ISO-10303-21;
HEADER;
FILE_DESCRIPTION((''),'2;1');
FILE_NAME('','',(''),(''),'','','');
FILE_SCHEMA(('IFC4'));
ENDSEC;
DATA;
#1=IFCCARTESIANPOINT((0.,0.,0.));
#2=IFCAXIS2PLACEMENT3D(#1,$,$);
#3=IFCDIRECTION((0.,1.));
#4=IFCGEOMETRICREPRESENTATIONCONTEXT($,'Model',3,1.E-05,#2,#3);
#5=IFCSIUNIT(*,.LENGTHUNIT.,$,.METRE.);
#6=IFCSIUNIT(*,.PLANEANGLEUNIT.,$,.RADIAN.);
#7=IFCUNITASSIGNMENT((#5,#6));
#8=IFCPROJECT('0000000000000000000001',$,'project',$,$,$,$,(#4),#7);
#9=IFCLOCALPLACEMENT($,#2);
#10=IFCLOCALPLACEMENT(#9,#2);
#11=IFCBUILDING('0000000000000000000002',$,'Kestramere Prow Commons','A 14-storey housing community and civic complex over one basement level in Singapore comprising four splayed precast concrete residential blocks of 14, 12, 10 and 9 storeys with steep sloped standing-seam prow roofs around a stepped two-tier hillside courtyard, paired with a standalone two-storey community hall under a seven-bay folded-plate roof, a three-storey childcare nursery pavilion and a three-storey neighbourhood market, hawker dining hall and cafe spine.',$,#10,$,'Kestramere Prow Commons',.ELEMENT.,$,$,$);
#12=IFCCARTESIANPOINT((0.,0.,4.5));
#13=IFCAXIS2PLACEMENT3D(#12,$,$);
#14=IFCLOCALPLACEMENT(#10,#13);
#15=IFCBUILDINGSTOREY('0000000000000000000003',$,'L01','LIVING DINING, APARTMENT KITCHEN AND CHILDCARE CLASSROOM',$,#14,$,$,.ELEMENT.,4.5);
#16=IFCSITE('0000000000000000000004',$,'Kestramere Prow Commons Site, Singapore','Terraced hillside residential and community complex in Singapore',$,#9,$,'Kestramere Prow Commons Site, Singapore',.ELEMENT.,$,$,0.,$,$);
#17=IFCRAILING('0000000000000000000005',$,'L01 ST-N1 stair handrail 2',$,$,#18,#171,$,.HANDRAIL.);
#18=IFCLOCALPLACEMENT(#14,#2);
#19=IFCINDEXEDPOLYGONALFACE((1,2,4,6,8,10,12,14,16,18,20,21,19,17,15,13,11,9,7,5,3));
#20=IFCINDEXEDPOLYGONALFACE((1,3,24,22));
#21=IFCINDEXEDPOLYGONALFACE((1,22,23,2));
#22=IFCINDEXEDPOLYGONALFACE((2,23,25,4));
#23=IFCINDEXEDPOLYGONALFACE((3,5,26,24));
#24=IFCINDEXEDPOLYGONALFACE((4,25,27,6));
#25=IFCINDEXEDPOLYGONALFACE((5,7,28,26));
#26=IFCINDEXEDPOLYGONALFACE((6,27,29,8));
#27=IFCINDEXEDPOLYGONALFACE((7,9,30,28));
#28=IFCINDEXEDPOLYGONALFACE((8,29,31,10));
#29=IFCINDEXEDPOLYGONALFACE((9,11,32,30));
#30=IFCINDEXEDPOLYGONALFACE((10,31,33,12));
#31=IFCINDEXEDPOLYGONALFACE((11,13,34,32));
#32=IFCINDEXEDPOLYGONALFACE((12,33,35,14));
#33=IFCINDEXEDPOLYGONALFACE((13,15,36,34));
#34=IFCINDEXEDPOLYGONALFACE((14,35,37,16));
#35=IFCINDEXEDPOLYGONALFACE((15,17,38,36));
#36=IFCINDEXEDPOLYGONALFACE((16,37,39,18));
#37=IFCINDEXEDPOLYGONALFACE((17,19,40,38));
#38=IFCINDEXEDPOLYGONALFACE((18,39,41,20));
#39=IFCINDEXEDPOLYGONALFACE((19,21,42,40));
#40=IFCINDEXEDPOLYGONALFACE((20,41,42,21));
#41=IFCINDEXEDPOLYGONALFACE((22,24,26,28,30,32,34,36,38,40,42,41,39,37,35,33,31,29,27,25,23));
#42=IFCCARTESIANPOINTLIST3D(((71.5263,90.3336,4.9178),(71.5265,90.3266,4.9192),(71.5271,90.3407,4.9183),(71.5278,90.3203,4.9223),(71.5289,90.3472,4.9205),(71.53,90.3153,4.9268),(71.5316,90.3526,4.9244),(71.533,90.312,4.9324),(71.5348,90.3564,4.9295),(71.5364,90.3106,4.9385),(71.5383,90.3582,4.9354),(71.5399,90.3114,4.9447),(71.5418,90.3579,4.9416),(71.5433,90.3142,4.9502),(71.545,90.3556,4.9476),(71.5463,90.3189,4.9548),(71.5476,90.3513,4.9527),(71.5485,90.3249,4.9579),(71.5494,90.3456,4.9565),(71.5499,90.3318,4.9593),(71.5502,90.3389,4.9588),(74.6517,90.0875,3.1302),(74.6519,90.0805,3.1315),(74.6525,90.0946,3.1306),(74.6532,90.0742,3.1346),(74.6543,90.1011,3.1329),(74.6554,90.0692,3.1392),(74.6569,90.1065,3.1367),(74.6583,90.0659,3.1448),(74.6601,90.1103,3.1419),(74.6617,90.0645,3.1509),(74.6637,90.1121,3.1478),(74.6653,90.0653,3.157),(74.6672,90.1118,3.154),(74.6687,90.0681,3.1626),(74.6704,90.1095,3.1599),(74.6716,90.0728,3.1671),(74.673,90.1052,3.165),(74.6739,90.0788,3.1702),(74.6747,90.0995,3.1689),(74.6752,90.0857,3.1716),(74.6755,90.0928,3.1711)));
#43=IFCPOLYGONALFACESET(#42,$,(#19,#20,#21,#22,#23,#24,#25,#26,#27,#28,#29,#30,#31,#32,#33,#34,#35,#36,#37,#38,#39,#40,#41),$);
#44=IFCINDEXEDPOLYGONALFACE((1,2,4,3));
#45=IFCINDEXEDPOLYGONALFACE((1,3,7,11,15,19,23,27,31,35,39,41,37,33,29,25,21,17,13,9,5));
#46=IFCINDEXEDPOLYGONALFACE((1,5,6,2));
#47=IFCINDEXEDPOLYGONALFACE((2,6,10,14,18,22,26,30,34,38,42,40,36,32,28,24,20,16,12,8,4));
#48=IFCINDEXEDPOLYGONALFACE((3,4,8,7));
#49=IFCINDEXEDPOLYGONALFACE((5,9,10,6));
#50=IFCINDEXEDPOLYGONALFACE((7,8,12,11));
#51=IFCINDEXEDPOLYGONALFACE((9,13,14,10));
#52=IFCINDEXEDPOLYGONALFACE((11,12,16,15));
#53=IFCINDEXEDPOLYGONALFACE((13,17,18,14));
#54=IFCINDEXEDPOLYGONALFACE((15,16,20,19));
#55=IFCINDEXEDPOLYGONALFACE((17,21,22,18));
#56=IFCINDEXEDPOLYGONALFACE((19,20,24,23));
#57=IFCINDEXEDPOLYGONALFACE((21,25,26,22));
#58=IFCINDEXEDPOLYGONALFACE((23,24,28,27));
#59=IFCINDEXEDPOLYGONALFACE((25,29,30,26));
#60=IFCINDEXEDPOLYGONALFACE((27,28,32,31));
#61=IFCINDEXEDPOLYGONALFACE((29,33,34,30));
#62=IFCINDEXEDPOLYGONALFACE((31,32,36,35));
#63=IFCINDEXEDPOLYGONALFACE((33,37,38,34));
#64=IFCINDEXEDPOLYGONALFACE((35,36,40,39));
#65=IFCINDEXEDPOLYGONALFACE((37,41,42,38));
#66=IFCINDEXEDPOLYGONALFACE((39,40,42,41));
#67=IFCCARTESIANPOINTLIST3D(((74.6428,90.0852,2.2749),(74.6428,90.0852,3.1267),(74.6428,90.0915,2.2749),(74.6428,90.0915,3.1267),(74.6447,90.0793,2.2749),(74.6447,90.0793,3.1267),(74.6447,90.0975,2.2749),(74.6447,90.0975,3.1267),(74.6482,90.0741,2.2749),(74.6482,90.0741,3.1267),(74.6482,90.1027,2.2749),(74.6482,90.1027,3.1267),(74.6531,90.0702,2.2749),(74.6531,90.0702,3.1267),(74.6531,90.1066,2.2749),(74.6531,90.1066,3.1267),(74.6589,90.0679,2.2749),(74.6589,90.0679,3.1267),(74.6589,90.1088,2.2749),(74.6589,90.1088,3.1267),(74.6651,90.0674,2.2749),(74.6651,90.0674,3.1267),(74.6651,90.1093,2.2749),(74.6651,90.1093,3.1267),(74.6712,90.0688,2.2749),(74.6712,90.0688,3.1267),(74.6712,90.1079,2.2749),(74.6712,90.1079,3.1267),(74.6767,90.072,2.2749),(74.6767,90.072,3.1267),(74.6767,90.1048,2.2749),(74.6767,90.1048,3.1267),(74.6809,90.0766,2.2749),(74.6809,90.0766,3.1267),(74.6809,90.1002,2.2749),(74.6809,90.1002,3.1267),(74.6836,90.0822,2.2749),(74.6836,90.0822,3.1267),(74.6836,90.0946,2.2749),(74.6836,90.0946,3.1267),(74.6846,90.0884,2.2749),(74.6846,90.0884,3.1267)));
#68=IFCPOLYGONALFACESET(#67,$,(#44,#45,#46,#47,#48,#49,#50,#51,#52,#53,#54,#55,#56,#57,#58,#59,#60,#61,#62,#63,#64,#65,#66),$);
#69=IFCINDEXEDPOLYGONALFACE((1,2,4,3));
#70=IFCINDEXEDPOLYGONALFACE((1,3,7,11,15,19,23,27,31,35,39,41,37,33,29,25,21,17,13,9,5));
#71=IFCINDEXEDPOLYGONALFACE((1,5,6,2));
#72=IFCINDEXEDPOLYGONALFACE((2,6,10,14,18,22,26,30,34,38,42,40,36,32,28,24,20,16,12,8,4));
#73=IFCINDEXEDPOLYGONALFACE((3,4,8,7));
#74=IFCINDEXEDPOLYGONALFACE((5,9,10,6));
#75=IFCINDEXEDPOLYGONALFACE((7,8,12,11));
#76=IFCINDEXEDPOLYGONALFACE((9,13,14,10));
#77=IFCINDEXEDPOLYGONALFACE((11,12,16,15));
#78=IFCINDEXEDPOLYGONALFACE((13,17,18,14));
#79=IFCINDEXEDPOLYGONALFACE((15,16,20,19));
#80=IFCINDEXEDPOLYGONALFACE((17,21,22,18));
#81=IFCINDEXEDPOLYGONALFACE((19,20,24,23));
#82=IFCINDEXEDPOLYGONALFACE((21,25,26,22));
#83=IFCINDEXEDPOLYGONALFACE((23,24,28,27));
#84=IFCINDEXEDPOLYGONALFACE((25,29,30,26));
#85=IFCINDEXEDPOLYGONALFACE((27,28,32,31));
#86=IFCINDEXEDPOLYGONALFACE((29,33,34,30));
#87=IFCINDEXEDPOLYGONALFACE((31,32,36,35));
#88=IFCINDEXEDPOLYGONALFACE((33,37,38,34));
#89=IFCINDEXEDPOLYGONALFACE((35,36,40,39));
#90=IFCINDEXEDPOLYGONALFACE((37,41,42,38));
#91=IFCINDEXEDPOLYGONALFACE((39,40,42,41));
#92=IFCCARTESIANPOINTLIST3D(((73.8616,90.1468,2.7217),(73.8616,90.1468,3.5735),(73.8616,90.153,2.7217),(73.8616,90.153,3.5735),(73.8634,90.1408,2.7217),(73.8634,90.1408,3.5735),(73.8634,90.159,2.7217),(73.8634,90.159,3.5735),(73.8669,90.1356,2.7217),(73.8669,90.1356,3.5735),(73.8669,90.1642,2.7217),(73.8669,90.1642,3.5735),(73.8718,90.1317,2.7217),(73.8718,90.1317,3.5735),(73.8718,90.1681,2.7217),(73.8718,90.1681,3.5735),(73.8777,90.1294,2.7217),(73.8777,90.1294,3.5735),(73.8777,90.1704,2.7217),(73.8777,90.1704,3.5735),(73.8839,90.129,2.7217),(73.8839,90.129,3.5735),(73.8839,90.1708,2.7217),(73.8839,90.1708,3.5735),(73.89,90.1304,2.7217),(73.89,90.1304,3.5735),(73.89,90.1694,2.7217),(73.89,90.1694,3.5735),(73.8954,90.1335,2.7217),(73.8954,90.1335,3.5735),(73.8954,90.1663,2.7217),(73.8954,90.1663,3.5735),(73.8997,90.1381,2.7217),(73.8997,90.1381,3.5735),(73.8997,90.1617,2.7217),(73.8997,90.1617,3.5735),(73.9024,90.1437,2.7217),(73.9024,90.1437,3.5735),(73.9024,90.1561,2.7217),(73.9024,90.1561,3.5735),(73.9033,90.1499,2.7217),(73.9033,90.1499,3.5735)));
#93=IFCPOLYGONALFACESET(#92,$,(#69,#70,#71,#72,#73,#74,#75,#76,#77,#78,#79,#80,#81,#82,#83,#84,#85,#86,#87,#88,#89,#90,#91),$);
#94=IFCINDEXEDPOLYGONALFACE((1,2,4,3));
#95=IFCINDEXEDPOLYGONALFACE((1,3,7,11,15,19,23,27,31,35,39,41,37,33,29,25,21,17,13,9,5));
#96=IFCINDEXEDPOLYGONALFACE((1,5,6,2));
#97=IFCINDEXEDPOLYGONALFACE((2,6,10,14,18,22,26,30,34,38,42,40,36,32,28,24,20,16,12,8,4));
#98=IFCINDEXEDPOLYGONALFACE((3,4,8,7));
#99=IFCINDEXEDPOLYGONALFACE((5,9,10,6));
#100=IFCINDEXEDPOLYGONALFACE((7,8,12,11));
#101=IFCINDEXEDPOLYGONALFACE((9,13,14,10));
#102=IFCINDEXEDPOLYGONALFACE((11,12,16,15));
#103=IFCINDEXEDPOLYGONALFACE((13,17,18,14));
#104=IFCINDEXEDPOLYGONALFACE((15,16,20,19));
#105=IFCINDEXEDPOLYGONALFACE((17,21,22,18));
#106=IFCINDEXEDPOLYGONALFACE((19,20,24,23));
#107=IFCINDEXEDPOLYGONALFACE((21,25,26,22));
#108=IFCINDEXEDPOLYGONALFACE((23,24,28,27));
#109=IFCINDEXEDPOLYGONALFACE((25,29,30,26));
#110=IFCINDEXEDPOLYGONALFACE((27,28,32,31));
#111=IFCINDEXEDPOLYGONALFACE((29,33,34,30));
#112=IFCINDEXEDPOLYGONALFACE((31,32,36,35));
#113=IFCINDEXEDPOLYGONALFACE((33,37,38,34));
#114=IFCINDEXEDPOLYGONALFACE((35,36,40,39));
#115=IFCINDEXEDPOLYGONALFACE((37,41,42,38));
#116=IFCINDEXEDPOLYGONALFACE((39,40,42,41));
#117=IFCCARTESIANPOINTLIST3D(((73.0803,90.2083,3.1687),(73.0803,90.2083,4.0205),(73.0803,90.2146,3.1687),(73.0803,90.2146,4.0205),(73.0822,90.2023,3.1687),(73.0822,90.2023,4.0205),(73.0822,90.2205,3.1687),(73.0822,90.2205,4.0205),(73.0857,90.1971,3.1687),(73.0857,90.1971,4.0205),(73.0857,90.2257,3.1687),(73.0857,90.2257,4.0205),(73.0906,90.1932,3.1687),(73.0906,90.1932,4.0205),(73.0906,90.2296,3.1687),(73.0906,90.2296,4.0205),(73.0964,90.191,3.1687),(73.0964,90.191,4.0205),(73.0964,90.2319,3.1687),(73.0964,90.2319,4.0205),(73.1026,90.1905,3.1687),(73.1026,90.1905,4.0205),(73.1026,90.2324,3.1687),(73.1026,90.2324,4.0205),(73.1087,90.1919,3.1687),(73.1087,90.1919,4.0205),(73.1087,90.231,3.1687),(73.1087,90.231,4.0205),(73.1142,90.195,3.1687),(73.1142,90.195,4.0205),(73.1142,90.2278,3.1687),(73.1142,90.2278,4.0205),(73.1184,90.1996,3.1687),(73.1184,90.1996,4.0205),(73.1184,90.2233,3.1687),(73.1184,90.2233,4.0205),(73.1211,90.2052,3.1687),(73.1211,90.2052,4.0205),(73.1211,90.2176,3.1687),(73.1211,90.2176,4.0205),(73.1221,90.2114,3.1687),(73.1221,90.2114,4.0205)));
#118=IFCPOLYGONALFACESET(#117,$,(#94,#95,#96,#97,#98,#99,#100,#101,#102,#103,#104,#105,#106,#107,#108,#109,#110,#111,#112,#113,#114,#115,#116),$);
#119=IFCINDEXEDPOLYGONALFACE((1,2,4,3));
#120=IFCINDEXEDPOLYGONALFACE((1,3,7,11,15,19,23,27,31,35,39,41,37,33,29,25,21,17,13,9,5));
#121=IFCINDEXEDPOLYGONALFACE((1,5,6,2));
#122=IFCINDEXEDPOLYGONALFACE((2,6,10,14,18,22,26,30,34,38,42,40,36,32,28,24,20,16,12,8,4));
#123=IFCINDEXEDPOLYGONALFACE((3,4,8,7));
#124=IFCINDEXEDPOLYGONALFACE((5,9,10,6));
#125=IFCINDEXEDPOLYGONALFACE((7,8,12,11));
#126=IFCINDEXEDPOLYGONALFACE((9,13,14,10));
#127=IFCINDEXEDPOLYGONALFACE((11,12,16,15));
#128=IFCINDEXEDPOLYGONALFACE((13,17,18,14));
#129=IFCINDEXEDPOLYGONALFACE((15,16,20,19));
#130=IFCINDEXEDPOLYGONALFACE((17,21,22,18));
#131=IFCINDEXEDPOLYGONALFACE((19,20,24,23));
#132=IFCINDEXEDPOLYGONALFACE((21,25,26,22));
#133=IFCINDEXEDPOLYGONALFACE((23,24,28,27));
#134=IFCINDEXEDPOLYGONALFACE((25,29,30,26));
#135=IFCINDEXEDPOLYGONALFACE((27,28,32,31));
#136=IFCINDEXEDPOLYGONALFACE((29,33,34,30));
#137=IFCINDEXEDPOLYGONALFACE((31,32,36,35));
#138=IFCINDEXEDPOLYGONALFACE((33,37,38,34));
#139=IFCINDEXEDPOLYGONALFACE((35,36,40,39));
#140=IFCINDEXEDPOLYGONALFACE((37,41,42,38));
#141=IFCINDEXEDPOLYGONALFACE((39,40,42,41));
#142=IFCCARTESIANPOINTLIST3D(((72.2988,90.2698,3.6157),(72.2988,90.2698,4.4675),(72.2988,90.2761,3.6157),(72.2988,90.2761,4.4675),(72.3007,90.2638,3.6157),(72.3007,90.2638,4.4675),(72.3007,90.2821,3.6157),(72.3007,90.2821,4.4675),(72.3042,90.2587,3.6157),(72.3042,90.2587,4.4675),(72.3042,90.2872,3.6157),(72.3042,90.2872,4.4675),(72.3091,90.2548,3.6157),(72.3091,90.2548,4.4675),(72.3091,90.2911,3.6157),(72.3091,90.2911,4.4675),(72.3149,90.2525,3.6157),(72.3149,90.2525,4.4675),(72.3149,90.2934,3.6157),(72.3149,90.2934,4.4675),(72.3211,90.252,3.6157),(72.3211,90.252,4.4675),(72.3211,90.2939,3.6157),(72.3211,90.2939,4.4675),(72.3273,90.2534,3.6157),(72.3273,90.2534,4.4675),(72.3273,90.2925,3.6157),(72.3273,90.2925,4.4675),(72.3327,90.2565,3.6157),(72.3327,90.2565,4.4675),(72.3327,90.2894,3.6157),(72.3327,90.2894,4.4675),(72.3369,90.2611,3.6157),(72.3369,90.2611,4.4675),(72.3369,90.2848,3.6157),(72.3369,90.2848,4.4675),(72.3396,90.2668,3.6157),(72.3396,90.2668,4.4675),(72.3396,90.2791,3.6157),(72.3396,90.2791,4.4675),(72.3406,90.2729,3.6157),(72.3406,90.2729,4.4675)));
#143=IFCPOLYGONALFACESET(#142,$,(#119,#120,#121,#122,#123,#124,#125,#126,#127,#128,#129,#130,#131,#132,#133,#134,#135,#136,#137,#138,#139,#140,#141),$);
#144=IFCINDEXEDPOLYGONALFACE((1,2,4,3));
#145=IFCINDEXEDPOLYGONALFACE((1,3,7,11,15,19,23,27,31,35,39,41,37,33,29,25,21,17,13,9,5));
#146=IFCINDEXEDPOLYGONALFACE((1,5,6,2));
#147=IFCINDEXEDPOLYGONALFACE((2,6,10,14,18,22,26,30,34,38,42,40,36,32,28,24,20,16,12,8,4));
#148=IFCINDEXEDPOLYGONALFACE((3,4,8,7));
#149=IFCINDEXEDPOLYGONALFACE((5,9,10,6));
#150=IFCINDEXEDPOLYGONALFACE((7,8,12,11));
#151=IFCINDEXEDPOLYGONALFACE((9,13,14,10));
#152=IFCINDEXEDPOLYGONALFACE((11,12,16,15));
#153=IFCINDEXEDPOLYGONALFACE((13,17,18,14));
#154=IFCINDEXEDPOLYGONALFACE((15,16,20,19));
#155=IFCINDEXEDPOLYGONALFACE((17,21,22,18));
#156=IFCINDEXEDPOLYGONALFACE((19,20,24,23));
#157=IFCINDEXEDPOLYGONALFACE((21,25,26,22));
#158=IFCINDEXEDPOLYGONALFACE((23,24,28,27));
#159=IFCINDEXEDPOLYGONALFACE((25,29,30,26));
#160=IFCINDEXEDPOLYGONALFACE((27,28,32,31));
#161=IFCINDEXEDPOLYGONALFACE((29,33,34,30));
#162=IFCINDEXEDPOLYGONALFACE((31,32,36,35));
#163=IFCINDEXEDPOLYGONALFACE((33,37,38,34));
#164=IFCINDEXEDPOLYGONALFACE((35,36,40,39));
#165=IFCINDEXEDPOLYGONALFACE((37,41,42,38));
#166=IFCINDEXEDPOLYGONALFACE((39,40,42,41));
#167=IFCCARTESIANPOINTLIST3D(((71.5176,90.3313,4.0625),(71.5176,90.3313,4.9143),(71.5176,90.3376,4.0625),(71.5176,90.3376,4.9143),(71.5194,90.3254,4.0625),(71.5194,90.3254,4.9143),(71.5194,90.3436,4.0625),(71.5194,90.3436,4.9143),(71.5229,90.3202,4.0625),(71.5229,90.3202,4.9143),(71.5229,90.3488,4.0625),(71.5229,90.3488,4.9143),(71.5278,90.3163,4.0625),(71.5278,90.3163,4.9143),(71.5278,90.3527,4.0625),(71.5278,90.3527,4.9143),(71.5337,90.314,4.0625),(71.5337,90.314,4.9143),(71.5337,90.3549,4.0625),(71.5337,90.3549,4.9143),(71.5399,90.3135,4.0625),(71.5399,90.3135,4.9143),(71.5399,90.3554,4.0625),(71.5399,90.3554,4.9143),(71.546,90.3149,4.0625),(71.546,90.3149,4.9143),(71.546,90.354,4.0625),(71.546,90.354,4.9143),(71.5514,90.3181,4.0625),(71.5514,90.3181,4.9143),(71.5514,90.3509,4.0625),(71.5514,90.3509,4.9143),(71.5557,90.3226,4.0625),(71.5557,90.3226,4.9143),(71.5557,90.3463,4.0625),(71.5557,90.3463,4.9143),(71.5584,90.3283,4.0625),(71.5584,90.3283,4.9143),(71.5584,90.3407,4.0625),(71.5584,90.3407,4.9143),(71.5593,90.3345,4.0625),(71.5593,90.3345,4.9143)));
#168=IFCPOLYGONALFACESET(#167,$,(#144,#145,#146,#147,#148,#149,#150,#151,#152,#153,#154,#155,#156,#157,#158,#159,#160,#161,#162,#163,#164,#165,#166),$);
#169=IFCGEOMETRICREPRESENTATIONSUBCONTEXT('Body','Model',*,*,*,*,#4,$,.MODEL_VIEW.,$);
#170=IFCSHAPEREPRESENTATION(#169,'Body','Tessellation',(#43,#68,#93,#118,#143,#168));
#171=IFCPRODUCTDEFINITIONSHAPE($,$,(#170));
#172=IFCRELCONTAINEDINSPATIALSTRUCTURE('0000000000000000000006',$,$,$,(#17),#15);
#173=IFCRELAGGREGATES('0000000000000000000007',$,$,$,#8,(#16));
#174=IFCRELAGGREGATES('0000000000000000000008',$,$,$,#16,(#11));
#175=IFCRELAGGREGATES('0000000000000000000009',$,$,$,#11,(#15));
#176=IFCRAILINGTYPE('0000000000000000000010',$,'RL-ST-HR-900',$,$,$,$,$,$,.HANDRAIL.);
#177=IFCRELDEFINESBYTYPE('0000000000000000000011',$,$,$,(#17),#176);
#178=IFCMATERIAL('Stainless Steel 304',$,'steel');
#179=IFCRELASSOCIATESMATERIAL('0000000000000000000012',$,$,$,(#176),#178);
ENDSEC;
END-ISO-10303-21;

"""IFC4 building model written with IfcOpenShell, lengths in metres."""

from ifc_helpers import new_model, si_unit, direction, frame, origin, origin_2d, place, context, subcontext, project, spatial, circle, extrude, material, type_object, element, save


model = new_model("IFC4")

# Units and contexts
model_context = context("Model", 3, precision=1e-05, world=origin(), true_north=direction((0.0, 1.0)))
body_context = subcontext(model_context, "Body", "Model", "MODEL_VIEW")
ifc_project = project(units=[si_unit("LENGTHUNIT", "METRE"), si_unit("PLANEANGLEUNIT", "RADIAN")], contexts=[model_context])

# Site, building, storey
site_placement = place(None, origin())
site = spatial("IfcSite", under=ifc_project, at=site_placement, Name="Kestramere Prow Commons Site, Singapore", Description="Terraced hillside residential and community complex in Singapore", LongName="Kestramere Prow Commons Site, Singapore", CompositionType="ELEMENT", RefElevation=0.0)
building_placement = place(site_placement, origin())
building = spatial("IfcBuilding", under=site, at=building_placement, Name="Kestramere Prow Commons", Description="A 14-storey housing community and civic complex over one basement level in Singapore comprising four splayed precast concrete residential blocks of 14, 12, 10 and 9 storeys with steep sloped standing-seam prow roofs around a stepped two-tier hillside courtyard, paired with a standalone two-storey community hall under a seven-bay folded-plate roof, a three-storey childcare nursery pavilion and a three-storey neighbourhood market, hawker dining hall and cafe spine.", LongName="Kestramere Prow Commons", CompositionType="ELEMENT")
storey_placement = place(building_placement, frame((0.0, 0.0, 4.5)))
storey = spatial("IfcBuildingStorey", under=building, at=storey_placement, Name="L01", Description="LIVING DINING, APARTMENT KITCHEN AND CHILDCARE CLASSROOM", CompositionType="ELEMENT", Elevation=4.5)

# Railing
ifc_material_1 = material(Name="Stainless Steel 304", Category="steel")
railing_type_1 = type_object("IfcRailingType", Name="RL-ST-HR-900", PredefinedType="HANDRAIL", material=ifc_material_1)
railing_1_placement = place(storey_placement, frame((74.6636, 90.0884, 2.2749)))
element("IfcRailing", 1, at=railing_1_placement, inside=storey, type_object=railing_type_1, Name="L01 ST-N1 stair handrail 2", PredefinedType="HANDRAIL", context=body_context, shape_type="SweptSolid", body=[
    extrude(circle(Radius=0.0239, at=origin_2d()), frame((0.0, 0.0, 0.876), z_axis=(-0.866014, 0.068193, 0.495348), x_axis=(-0.078501, -0.996914, 0.0)), (0.0, 0.0, 1.0), 3.6089),
    extrude(circle(Radius=0.021, at=origin_2d()), origin(), (0.0, 0.0, 1.0), 0.8518),
    extrude(circle(Radius=0.021, at=origin_2d()), frame((-0.7812, 0.0615, 0.4468)), (0.0, 0.0, 1.0), 0.8518),
    extrude(circle(Radius=0.021, at=origin_2d()), frame((-1.5625, 0.123, 0.8938)), (0.0, 0.0, 1.0), 0.8518),
    extrude(circle(Radius=0.021, at=origin_2d()), frame((-2.344, 0.1846, 1.3408)), (0.0, 0.0, 1.0), 0.8518),
    extrude(circle(Radius=0.021, at=origin_2d()), frame((-3.1252, 0.2461, 1.7876)), (0.0, 0.0, 1.0), 0.8518),
])

save(model, "model.ifc")
